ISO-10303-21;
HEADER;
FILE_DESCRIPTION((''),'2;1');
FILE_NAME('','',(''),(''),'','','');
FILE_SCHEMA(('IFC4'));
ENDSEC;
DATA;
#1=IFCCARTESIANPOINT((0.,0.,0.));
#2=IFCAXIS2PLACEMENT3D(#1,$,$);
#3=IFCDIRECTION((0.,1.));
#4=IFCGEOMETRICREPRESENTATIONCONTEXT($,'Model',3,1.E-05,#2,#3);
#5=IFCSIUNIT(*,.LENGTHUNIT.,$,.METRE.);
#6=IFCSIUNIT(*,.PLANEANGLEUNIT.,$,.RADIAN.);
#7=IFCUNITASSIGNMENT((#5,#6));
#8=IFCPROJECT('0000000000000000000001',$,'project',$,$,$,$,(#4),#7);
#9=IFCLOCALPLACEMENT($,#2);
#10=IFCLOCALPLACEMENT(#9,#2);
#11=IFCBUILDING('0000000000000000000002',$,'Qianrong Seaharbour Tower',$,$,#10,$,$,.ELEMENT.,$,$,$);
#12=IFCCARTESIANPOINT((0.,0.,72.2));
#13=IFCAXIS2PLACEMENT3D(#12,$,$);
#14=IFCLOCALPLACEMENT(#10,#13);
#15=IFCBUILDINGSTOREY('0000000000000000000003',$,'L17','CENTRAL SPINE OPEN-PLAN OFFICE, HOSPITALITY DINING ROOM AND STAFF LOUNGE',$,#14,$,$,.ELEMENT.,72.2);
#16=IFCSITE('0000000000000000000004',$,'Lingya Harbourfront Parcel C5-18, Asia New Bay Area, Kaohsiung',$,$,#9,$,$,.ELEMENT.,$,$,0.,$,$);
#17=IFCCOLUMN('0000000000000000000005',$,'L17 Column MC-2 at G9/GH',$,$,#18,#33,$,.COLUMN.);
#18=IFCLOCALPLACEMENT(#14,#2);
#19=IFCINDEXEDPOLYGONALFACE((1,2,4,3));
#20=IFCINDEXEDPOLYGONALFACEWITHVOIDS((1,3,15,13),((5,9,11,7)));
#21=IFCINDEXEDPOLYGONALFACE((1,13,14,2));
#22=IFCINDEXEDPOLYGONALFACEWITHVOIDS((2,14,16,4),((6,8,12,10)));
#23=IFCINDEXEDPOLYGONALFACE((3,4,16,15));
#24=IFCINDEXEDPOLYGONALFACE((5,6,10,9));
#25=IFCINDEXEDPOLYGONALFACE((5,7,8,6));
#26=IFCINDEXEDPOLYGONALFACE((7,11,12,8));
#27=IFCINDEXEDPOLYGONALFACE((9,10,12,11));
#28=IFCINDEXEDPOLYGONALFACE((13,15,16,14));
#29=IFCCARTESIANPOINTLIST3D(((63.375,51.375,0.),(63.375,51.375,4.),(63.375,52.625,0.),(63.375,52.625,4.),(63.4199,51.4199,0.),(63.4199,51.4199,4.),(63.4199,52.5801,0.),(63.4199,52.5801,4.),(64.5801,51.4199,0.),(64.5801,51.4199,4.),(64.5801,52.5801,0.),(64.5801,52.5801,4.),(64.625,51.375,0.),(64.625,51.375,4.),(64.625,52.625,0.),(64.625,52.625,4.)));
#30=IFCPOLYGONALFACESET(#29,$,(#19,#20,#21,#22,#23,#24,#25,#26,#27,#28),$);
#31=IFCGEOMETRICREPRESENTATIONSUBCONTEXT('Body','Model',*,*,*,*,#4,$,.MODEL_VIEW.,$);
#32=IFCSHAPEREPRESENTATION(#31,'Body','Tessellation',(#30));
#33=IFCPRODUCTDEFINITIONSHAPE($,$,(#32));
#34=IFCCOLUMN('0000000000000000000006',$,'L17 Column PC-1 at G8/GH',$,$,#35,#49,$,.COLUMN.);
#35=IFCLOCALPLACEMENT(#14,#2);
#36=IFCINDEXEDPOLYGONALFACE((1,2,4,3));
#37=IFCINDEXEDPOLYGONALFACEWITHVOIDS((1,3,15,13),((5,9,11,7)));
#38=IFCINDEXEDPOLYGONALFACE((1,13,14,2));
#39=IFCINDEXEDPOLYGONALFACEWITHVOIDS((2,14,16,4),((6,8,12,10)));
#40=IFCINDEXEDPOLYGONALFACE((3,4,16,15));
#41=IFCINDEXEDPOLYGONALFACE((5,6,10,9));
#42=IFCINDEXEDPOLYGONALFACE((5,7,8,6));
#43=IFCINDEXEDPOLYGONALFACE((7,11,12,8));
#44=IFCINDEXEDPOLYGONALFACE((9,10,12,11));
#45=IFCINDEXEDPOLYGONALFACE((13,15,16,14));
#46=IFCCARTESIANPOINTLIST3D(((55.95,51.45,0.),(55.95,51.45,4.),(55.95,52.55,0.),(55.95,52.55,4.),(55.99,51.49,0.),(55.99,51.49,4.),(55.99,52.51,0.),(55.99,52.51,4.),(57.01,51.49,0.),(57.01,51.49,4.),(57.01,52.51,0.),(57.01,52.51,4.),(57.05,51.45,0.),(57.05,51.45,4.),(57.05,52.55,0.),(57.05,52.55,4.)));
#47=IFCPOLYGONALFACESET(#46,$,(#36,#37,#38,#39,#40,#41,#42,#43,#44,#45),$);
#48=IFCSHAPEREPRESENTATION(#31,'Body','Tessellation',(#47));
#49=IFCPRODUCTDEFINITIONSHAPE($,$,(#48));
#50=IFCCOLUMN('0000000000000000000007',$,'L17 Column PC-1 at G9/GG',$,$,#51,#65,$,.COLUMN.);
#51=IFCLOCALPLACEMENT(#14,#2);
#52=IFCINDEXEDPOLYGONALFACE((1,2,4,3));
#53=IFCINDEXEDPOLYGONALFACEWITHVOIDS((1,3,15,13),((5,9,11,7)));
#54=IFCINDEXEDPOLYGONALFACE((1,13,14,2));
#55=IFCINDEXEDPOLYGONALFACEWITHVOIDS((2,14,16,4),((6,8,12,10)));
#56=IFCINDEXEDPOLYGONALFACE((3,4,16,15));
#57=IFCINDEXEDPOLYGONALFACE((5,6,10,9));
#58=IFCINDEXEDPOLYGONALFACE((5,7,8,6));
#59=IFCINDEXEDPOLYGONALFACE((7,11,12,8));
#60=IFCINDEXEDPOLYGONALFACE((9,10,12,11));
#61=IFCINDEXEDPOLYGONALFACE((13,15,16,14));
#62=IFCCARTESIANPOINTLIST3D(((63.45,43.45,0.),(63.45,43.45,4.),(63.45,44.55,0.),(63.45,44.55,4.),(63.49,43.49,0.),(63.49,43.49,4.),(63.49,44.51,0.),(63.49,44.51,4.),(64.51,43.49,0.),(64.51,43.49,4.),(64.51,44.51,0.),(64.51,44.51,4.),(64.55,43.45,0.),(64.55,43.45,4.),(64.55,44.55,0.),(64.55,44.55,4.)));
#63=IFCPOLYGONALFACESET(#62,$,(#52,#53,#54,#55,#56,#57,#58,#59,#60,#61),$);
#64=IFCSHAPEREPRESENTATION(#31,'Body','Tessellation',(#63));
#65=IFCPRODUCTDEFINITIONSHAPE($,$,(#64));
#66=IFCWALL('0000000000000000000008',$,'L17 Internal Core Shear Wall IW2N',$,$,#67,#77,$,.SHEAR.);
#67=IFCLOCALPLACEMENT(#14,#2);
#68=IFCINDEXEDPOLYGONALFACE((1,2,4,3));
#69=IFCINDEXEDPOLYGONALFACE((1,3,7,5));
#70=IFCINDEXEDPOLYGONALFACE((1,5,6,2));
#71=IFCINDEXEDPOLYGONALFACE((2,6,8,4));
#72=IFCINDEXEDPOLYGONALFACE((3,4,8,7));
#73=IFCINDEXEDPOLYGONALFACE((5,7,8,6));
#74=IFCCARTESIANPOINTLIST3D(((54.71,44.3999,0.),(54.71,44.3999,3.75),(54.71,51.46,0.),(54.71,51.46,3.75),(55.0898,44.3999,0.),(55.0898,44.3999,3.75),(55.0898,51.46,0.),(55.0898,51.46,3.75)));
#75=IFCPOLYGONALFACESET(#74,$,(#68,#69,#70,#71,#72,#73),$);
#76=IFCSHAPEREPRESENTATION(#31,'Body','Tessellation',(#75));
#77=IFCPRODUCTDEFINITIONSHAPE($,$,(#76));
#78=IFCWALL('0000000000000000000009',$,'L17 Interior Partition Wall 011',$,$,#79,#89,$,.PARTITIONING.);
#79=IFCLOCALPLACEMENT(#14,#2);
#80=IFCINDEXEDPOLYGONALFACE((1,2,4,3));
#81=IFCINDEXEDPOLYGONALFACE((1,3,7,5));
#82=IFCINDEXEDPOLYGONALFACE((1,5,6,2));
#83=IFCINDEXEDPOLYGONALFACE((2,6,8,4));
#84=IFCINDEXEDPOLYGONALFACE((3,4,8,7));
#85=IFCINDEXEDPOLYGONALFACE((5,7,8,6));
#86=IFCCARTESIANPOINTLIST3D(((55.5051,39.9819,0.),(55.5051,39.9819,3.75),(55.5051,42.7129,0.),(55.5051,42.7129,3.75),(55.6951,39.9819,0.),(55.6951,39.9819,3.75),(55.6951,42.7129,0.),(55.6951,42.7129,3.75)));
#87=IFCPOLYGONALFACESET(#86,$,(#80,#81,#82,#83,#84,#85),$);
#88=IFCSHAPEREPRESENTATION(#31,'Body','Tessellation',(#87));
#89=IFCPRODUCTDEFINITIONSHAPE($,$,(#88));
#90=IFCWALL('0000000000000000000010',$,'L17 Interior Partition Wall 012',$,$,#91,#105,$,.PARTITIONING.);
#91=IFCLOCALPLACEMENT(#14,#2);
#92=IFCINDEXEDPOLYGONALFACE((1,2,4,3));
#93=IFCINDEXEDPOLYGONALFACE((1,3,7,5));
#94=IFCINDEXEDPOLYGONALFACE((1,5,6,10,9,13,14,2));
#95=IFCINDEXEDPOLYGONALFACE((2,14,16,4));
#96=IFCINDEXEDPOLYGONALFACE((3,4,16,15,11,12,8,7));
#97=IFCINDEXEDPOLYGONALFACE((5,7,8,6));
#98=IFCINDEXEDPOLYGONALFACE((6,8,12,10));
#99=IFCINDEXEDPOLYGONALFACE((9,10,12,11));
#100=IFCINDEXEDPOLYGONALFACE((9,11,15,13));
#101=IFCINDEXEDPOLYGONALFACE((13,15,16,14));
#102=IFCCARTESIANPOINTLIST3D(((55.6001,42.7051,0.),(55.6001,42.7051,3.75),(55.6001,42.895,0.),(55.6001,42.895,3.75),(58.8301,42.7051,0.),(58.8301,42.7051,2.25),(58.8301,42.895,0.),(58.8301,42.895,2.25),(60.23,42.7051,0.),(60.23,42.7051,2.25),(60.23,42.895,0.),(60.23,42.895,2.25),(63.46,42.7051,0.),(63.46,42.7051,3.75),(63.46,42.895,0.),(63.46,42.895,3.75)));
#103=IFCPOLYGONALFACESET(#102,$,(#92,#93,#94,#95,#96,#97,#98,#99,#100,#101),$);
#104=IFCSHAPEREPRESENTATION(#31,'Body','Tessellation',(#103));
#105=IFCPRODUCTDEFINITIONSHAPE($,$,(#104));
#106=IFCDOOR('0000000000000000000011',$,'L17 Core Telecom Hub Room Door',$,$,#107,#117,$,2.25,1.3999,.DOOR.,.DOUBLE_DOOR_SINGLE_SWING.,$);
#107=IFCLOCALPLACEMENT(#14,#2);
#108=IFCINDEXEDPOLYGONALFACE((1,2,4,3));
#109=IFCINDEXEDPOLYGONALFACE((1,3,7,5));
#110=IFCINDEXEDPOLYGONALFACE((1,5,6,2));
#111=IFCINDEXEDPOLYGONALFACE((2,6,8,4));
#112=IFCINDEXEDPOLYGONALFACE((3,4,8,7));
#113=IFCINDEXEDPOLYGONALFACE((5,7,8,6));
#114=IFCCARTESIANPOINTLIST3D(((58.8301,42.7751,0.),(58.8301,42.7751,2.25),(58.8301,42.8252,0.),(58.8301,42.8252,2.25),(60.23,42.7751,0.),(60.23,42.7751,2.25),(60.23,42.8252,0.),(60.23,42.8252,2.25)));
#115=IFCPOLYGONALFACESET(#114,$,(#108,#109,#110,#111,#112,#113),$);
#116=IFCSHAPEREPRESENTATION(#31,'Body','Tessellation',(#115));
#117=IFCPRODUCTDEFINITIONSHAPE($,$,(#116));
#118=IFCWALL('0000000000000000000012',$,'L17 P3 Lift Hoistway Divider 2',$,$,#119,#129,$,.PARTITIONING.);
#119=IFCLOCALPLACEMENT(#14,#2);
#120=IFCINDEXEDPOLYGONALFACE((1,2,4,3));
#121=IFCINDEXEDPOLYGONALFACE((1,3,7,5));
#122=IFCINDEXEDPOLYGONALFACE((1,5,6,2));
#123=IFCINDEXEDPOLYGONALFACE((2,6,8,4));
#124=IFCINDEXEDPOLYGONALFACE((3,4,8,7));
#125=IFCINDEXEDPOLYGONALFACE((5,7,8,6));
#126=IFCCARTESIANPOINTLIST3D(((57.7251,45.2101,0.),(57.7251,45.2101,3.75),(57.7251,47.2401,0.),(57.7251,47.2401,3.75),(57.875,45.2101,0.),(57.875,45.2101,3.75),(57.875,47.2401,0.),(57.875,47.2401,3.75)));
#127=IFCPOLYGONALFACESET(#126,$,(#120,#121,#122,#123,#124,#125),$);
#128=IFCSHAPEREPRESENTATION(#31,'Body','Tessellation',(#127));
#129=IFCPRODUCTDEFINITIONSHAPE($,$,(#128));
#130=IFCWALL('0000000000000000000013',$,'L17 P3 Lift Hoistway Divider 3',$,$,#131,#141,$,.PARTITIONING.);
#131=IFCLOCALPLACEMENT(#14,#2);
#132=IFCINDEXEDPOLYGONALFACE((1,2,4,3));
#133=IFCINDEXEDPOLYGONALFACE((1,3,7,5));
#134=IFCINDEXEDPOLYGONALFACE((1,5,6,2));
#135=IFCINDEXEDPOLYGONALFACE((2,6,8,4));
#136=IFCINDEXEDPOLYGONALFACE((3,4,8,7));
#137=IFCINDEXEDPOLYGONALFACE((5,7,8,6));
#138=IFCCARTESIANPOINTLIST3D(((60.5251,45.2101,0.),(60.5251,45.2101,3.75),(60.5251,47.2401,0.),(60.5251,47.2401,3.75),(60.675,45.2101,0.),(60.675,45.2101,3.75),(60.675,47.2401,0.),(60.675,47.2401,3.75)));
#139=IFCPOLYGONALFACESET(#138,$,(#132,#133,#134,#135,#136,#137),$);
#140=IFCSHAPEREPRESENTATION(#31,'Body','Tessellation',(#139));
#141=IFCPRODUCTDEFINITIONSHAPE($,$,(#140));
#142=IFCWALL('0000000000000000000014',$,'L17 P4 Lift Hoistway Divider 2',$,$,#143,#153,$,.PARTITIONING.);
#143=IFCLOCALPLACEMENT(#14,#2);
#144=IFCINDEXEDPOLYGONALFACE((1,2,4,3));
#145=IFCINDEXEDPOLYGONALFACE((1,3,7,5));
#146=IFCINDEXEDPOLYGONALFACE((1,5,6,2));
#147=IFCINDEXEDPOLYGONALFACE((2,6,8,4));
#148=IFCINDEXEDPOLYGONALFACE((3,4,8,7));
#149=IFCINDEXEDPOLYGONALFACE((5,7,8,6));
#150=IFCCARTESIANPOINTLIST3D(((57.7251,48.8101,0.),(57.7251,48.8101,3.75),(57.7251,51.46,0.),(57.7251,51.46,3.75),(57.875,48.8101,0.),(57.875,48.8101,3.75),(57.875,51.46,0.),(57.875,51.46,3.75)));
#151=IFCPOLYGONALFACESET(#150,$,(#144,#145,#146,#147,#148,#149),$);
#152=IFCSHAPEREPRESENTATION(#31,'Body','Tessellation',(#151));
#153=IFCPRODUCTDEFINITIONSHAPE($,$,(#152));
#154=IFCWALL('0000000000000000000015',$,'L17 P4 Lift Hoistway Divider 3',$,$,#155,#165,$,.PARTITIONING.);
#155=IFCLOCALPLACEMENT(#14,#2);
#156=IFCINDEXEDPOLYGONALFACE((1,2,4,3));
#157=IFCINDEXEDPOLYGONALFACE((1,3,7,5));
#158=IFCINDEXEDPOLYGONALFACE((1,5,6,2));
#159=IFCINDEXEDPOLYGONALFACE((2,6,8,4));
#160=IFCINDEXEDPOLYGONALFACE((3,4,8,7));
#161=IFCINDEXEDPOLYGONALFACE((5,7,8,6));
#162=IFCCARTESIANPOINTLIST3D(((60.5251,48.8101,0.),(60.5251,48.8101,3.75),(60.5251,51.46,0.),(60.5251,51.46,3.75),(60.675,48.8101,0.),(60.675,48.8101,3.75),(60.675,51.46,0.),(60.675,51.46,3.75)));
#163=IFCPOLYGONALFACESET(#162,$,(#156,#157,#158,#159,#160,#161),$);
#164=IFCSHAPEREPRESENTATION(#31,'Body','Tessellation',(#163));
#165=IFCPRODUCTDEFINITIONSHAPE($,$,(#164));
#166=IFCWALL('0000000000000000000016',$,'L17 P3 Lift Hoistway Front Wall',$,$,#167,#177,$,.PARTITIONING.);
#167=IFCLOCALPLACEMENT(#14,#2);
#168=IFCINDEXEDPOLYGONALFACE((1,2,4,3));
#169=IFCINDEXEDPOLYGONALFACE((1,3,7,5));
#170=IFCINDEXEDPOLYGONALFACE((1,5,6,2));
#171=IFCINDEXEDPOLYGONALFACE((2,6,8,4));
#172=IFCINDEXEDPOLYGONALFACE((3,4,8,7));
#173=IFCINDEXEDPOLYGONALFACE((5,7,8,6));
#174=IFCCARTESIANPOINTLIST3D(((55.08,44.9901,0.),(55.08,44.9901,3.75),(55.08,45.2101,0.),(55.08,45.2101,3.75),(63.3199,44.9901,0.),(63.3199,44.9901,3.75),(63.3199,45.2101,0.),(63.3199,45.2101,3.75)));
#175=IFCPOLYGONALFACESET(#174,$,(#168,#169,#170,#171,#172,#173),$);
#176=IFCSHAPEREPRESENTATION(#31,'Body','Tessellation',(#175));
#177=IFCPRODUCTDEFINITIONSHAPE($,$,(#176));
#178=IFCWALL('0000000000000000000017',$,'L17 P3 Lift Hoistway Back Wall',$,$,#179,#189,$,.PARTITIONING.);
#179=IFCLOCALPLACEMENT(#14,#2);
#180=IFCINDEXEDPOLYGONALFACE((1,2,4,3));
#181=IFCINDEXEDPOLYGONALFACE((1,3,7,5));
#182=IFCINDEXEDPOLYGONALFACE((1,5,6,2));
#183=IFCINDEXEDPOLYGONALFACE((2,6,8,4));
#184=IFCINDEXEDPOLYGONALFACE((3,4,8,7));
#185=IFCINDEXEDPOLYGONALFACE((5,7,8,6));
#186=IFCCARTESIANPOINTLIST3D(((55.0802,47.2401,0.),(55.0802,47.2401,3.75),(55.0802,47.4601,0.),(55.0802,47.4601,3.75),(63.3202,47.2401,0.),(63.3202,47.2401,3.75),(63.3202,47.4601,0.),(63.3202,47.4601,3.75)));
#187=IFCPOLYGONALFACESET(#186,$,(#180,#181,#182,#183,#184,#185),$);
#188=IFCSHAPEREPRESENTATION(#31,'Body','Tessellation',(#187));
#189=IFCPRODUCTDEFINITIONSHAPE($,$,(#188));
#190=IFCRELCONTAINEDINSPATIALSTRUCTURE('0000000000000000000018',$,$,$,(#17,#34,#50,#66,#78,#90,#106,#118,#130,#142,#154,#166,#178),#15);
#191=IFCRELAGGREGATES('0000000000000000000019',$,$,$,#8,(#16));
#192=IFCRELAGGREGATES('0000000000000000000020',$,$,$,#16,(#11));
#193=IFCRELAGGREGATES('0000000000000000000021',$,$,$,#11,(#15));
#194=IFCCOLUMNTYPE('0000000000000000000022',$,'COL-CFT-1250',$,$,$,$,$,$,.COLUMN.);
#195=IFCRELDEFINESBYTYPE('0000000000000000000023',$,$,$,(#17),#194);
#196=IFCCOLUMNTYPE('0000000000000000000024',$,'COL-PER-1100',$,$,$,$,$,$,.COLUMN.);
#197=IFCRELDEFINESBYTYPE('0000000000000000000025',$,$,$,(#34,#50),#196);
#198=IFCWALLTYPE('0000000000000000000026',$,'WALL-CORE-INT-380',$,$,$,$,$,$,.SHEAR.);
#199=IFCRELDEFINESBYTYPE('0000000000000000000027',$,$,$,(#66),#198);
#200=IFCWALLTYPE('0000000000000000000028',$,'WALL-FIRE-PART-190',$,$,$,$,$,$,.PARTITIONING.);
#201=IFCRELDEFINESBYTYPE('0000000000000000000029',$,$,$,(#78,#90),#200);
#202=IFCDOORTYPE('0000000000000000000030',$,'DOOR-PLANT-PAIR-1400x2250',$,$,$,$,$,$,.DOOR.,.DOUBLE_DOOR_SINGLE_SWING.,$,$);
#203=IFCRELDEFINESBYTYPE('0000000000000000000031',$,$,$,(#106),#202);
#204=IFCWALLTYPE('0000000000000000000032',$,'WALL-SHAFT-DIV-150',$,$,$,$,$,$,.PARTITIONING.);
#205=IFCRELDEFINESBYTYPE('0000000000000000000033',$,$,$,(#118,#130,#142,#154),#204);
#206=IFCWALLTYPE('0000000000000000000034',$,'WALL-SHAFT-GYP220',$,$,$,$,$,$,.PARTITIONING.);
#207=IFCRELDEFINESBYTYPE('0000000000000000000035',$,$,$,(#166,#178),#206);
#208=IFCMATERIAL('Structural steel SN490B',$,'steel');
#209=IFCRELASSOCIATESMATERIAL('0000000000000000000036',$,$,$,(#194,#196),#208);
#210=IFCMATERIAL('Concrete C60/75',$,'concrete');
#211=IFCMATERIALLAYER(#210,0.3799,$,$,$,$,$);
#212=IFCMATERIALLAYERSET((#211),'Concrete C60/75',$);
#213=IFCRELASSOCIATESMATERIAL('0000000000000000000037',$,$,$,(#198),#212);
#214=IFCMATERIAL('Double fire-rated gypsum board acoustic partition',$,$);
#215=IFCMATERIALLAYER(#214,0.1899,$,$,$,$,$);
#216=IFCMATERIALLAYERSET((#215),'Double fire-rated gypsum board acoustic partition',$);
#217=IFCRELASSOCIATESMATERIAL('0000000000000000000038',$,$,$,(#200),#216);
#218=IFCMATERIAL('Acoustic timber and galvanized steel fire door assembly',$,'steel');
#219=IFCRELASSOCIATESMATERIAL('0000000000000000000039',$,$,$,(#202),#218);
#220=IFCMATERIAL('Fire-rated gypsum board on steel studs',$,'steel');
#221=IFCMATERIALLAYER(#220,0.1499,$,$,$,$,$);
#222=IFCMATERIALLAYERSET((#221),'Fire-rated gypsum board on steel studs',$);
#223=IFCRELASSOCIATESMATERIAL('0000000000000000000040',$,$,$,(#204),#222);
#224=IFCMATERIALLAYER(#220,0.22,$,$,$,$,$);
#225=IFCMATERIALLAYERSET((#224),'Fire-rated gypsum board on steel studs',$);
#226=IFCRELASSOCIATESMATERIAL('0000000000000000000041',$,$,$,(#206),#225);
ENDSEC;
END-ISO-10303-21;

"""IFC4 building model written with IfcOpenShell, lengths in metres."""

from ifc_helpers import new_model, si_unit, direction, frame, frame_2d, origin, origin_2d, place, context, subcontext, project, spatial, rectangle, hollow_rectangle, extrude, material, layer, layer_set, material_profile, profile_set, type_object, element, fill, save


model = new_model("IFC4")

# Units and contexts
model_context = context("Model", 3, precision=1e-05, world=origin(), true_north=direction((0.0, 1.0)))
body_context = subcontext(model_context, "Body", "Model", "MODEL_VIEW")
ifc_project = project(units=[si_unit("LENGTHUNIT", "METRE"), si_unit("PLANEANGLEUNIT", "RADIAN")], contexts=[model_context])

# Site, building, storey
site_placement = place(None, origin())
site = spatial("IfcSite", under=ifc_project, at=site_placement, Name="Lingya Harbourfront Parcel C5-18, Asia New Bay Area, Kaohsiung", CompositionType="ELEMENT", RefElevation=0.0)
building_placement = place(site_placement, origin())
building = spatial("IfcBuilding", under=site, at=building_placement, Name="Qianrong Seaharbour Tower", CompositionType="ELEMENT")
storey_placement = place(building_placement, frame((0.0, 0.0, 72.2)))
storey = spatial("IfcBuildingStorey", under=building, at=storey_placement, Name="L17", Description="CENTRAL SPINE OPEN-PLAN OFFICE, HOSPITALITY DINING ROOM AND STAFF LOUNGE", CompositionType="ELEMENT", Elevation=72.2)

# Columns
ifc_material_1 = material(Name="Structural steel SN490B", Category="steel")
ifc_material_profile_1 = material_profile(ifc_material_1, hollow_rectangle(XDim=1.25, YDim=1.25, WallThickness=0.0449, at=origin_2d()), Name="BOX1250x1250x45")
ifc_profile_set_1 = profile_set([ifc_material_profile_1], Name="Structural steel SN490B")
column_type_1 = type_object("IfcColumnType", Name="COL-CFT-1250", PredefinedType="COLUMN", material=ifc_profile_set_1)
column_placement = place(storey_placement, frame((64.0, 52.0, 0.0), z_axis=(0.0, 0.0, 1.0), x_axis=(1.0, 0.0, 0.0)))
element("IfcColumn", 1, at=column_placement, inside=storey, type_object=column_type_1, Name="L17 Column MC-2 at G9/GH", PredefinedType="COLUMN", context=body_context, shape_type="SweptSolid", body=[
    extrude(hollow_rectangle(XDim=1.25, YDim=1.25, WallThickness=0.0449, at=origin_2d()), origin(), (0.0, 0.0, 1.0), 4.0),
])
ifc_material_profile_2 = material_profile(ifc_material_1, hollow_rectangle(XDim=1.1001, YDim=1.1001, WallThickness=0.04, at=origin_2d()), Name="BOX1100x1100x40")
ifc_profile_set_2 = profile_set([ifc_material_profile_2], Name="Structural steel SN490B")
column_type_2 = type_object("IfcColumnType", Name="COL-PER-1100", PredefinedType="COLUMN", material=ifc_profile_set_2)
for number, where, z_axis, x_axis, name in (
    (2, (56.5, 52.0, 0.0), (0.0, 0.0, 1.0), (1.0, 0.0, 0.0), "L17 Column PC-1 at G8/GH"),
    (3, (64.0, 44.0, 0.0), (0.0, 0.0, 1.0), (1.0, 0.0, 0.0), "L17 Column PC-1 at G9/GG"),
):
    element("IfcColumn", number, at=place(storey_placement, frame(where, z_axis=z_axis, x_axis=x_axis)), inside=storey, type_object=column_type_2, Name=name, PredefinedType="COLUMN", context=body_context, shape_type="SweptSolid", body=[
        extrude(hollow_rectangle(XDim=1.1001, YDim=1.1001, WallThickness=0.04, at=origin_2d()), origin(), (0.0, 0.0, 1.0), 4.0),
    ])

# Wall
ifc_material_2 = material(Name="Concrete C60/75", Category="concrete")
ifc_layer_1 = layer(ifc_material_2, 0.3799)
ifc_layer_set_1 = layer_set([ifc_layer_1], Name="Concrete C60/75")
wall_type_1 = type_object("IfcWallType", Name="WALL-CORE-INT-380", PredefinedType="SHEAR", material=ifc_layer_set_1)
wall_1_placement = place(storey_placement, frame((54.8999, 44.3999, 0.0), z_axis=(0.0, 0.0, 1.0), x_axis=(0.0, 1.0, 0.0)))
element("IfcWall", 4, at=wall_1_placement, inside=storey, type_object=wall_type_1, Name="L17 Internal Core Shear Wall IW2N", PredefinedType="SHEAR", context=body_context, shape_type="SweptSolid", body=[
    extrude(rectangle(XDim=7.0601, YDim=0.3799, at=frame_2d((3.53, 0.0))), origin(), (0.0, 0.0, 1.0), 3.75),
])

# Shared definitions
ifc_material_3 = material(Name="Double fire-rated gypsum board acoustic partition")
ifc_layer_2 = layer(ifc_material_3, 0.1899)
ifc_layer_set_2 = layer_set([ifc_layer_2], Name="Double fire-rated gypsum board acoustic partition")
wall_type_2 = type_object("IfcWallType", Name="WALL-FIRE-PART-190", PredefinedType="PARTITIONING", material=ifc_layer_set_2)
ifc_material_4 = material(Name="Acoustic timber and galvanized steel fire door assembly", Category="steel")

# Wall
wall_2_placement = place(storey_placement, frame((55.6001, 42.7129, 0.0), z_axis=(0.0, 0.0, 1.0), x_axis=(0.0, -1.0, 0.0)))
element("IfcWall", 5, at=wall_2_placement, inside=storey, type_object=wall_type_2, Name="L17 Interior Partition Wall 011", PredefinedType="PARTITIONING", context=body_context, shape_type="SweptSolid", body=[
    extrude(rectangle(XDim=2.731, YDim=0.1899, at=frame_2d((1.3655, 0.0))), origin(), (0.0, 0.0, 1.0), 3.75),
])

# Wall, opening, door
wall_3_placement = place(storey_placement, frame((63.46, 42.8, 0.0), z_axis=(0.0, 0.0, 1.0), x_axis=(-1.0, 0.0, 0.0)))
wall_3 = element("IfcWall", 6, at=wall_3_placement, inside=storey, type_object=wall_type_2, Name="L17 Interior Partition Wall 012", PredefinedType="PARTITIONING", context=body_context, shape_type="SweptSolid", body=[
    extrude(rectangle(XDim=7.8599, YDim=0.1899, at=frame_2d((3.9299, 0.0))), origin(), (0.0, 0.0, 1.0), 3.75),
])
opening_1_placement = place(wall_3_placement, frame((3.23, 0.0, 0.0)))
opening_1 = element("IfcOpeningElement", 7, at=opening_1_placement, cuts=wall_3, PredefinedType="OPENING", context=body_context, shape_type="SweptSolid", body=[
    extrude(rectangle(XDim=1.3999, YDim=2.25, at=frame_2d((0.7, 1.125))), frame((0.0, 0.105, 0.0), z_axis=(0.0, -1.0, 0.0), x_axis=(1.0, 0.0, 0.0)), (0.0, 0.0, 1.0), 0.21),
])
door_type_1 = type_object("IfcDoorType", Name="DOOR-PLANT-PAIR-1400x2250", OperationType="DOUBLE_DOOR_SINGLE_SWING", PredefinedType="DOOR", material=ifc_material_4)
door_1_placement = place(opening_1_placement, origin())
door_1 = element("IfcDoor", 8, at=door_1_placement, inside=storey, type_object=door_type_1, Name="L17 Core Telecom Hub Room Door", OperationType="DOUBLE_DOOR_SINGLE_SWING", OverallHeight=2.25, OverallWidth=1.3999, PredefinedType="DOOR", context=body_context, shape_type="SweptSolid", body=[
    extrude(rectangle(XDim=1.3999, YDim=2.25, at=frame_2d((0.7, 1.125))), frame((0.0, 0.0249, 0.0), z_axis=(0.0, -1.0, 0.0), x_axis=(1.0, 0.0, 0.0)), (0.0, 0.0, 1.0), 0.05),
])
fill(opening_1, door_1)

# Walls
ifc_material_5 = material(Name="Fire-rated gypsum board on steel studs", Category="steel")
ifc_layer_3 = layer(ifc_material_5, 0.1499)
ifc_layer_set_3 = layer_set([ifc_layer_3], Name="Fire-rated gypsum board on steel studs")
wall_type_3 = type_object("IfcWallType", Name="WALL-SHAFT-DIV-150", PredefinedType="PARTITIONING", material=ifc_layer_set_3)
for number, where, z_axis, x_axis, name in (
    (9, (57.8, 45.21, 0.0), (0.0, 0.0, 1.0), (0.0, 1.0, 0.0), "L17 P3 Lift Hoistway Divider 2"),
    (10, (60.6001, 45.21, 0.0), (0.0, 0.0, 1.0), (0.0, 1.0, 0.0), "L17 P3 Lift Hoistway Divider 3"),
):
    element("IfcWall", number, at=place(storey_placement, frame(where, z_axis=z_axis, x_axis=x_axis)), inside=storey, type_object=wall_type_3, Name=name, PredefinedType="PARTITIONING", context=body_context, shape_type="SweptSolid", body=[
        extrude(rectangle(XDim=2.03, YDim=0.1499, at=frame_2d((1.0151, 0.0))), origin(), (0.0, 0.0, 1.0), 3.75),
    ])
for number, where, z_axis, x_axis, name in (
    (11, (57.8, 48.8101, 0.0), (0.0, 0.0, 1.0), (0.0, 1.0, 0.0), "L17 P4 Lift Hoistway Divider 2"),
    (12, (60.6001, 48.8101, 0.0), (0.0, 0.0, 1.0), (0.0, 1.0, 0.0), "L17 P4 Lift Hoistway Divider 3"),
):
    element("IfcWall", number, at=place(storey_placement, frame(where, z_axis=z_axis, x_axis=x_axis)), inside=storey, type_object=wall_type_3, Name=name, PredefinedType="PARTITIONING", context=body_context, shape_type="SweptSolid", body=[
        extrude(rectangle(XDim=2.6499, YDim=0.1499, at=frame_2d((1.325, 0.0))), origin(), (0.0, 0.0, 1.0), 3.75),
    ])
ifc_layer_4 = layer(ifc_material_5, 0.22)
ifc_layer_set_4 = layer_set([ifc_layer_4], Name="Fire-rated gypsum board on steel studs")
wall_type_4 = type_object("IfcWallType", Name="WALL-SHAFT-GYP220", PredefinedType="PARTITIONING", material=ifc_layer_set_4)
for number, where, z_axis, x_axis, name in (
    (13, (63.3201, 45.1001, 0.0), (0.0, 0.0, 1.0), (-1.0, 0.0, 0.0), "L17 P3 Lift Hoistway Front Wall"),
    (14, (55.0801, 47.3501, 0.0), (0.0, 0.0, 1.0), (1.0, 0.0, 0.0), "L17 P3 Lift Hoistway Back Wall"),
):
    element("IfcWall", number, at=place(storey_placement, frame(where, z_axis=z_axis, x_axis=x_axis)), inside=storey, type_object=wall_type_4, Name=name, PredefinedType="PARTITIONING", context=body_context, shape_type="SweptSolid", body=[
        extrude(rectangle(XDim=8.24, YDim=0.22, at=frame_2d((4.1201, 0.0))), origin(), (0.0, 0.0, 1.0), 3.75),
    ])

save(model, "model.ifc")
